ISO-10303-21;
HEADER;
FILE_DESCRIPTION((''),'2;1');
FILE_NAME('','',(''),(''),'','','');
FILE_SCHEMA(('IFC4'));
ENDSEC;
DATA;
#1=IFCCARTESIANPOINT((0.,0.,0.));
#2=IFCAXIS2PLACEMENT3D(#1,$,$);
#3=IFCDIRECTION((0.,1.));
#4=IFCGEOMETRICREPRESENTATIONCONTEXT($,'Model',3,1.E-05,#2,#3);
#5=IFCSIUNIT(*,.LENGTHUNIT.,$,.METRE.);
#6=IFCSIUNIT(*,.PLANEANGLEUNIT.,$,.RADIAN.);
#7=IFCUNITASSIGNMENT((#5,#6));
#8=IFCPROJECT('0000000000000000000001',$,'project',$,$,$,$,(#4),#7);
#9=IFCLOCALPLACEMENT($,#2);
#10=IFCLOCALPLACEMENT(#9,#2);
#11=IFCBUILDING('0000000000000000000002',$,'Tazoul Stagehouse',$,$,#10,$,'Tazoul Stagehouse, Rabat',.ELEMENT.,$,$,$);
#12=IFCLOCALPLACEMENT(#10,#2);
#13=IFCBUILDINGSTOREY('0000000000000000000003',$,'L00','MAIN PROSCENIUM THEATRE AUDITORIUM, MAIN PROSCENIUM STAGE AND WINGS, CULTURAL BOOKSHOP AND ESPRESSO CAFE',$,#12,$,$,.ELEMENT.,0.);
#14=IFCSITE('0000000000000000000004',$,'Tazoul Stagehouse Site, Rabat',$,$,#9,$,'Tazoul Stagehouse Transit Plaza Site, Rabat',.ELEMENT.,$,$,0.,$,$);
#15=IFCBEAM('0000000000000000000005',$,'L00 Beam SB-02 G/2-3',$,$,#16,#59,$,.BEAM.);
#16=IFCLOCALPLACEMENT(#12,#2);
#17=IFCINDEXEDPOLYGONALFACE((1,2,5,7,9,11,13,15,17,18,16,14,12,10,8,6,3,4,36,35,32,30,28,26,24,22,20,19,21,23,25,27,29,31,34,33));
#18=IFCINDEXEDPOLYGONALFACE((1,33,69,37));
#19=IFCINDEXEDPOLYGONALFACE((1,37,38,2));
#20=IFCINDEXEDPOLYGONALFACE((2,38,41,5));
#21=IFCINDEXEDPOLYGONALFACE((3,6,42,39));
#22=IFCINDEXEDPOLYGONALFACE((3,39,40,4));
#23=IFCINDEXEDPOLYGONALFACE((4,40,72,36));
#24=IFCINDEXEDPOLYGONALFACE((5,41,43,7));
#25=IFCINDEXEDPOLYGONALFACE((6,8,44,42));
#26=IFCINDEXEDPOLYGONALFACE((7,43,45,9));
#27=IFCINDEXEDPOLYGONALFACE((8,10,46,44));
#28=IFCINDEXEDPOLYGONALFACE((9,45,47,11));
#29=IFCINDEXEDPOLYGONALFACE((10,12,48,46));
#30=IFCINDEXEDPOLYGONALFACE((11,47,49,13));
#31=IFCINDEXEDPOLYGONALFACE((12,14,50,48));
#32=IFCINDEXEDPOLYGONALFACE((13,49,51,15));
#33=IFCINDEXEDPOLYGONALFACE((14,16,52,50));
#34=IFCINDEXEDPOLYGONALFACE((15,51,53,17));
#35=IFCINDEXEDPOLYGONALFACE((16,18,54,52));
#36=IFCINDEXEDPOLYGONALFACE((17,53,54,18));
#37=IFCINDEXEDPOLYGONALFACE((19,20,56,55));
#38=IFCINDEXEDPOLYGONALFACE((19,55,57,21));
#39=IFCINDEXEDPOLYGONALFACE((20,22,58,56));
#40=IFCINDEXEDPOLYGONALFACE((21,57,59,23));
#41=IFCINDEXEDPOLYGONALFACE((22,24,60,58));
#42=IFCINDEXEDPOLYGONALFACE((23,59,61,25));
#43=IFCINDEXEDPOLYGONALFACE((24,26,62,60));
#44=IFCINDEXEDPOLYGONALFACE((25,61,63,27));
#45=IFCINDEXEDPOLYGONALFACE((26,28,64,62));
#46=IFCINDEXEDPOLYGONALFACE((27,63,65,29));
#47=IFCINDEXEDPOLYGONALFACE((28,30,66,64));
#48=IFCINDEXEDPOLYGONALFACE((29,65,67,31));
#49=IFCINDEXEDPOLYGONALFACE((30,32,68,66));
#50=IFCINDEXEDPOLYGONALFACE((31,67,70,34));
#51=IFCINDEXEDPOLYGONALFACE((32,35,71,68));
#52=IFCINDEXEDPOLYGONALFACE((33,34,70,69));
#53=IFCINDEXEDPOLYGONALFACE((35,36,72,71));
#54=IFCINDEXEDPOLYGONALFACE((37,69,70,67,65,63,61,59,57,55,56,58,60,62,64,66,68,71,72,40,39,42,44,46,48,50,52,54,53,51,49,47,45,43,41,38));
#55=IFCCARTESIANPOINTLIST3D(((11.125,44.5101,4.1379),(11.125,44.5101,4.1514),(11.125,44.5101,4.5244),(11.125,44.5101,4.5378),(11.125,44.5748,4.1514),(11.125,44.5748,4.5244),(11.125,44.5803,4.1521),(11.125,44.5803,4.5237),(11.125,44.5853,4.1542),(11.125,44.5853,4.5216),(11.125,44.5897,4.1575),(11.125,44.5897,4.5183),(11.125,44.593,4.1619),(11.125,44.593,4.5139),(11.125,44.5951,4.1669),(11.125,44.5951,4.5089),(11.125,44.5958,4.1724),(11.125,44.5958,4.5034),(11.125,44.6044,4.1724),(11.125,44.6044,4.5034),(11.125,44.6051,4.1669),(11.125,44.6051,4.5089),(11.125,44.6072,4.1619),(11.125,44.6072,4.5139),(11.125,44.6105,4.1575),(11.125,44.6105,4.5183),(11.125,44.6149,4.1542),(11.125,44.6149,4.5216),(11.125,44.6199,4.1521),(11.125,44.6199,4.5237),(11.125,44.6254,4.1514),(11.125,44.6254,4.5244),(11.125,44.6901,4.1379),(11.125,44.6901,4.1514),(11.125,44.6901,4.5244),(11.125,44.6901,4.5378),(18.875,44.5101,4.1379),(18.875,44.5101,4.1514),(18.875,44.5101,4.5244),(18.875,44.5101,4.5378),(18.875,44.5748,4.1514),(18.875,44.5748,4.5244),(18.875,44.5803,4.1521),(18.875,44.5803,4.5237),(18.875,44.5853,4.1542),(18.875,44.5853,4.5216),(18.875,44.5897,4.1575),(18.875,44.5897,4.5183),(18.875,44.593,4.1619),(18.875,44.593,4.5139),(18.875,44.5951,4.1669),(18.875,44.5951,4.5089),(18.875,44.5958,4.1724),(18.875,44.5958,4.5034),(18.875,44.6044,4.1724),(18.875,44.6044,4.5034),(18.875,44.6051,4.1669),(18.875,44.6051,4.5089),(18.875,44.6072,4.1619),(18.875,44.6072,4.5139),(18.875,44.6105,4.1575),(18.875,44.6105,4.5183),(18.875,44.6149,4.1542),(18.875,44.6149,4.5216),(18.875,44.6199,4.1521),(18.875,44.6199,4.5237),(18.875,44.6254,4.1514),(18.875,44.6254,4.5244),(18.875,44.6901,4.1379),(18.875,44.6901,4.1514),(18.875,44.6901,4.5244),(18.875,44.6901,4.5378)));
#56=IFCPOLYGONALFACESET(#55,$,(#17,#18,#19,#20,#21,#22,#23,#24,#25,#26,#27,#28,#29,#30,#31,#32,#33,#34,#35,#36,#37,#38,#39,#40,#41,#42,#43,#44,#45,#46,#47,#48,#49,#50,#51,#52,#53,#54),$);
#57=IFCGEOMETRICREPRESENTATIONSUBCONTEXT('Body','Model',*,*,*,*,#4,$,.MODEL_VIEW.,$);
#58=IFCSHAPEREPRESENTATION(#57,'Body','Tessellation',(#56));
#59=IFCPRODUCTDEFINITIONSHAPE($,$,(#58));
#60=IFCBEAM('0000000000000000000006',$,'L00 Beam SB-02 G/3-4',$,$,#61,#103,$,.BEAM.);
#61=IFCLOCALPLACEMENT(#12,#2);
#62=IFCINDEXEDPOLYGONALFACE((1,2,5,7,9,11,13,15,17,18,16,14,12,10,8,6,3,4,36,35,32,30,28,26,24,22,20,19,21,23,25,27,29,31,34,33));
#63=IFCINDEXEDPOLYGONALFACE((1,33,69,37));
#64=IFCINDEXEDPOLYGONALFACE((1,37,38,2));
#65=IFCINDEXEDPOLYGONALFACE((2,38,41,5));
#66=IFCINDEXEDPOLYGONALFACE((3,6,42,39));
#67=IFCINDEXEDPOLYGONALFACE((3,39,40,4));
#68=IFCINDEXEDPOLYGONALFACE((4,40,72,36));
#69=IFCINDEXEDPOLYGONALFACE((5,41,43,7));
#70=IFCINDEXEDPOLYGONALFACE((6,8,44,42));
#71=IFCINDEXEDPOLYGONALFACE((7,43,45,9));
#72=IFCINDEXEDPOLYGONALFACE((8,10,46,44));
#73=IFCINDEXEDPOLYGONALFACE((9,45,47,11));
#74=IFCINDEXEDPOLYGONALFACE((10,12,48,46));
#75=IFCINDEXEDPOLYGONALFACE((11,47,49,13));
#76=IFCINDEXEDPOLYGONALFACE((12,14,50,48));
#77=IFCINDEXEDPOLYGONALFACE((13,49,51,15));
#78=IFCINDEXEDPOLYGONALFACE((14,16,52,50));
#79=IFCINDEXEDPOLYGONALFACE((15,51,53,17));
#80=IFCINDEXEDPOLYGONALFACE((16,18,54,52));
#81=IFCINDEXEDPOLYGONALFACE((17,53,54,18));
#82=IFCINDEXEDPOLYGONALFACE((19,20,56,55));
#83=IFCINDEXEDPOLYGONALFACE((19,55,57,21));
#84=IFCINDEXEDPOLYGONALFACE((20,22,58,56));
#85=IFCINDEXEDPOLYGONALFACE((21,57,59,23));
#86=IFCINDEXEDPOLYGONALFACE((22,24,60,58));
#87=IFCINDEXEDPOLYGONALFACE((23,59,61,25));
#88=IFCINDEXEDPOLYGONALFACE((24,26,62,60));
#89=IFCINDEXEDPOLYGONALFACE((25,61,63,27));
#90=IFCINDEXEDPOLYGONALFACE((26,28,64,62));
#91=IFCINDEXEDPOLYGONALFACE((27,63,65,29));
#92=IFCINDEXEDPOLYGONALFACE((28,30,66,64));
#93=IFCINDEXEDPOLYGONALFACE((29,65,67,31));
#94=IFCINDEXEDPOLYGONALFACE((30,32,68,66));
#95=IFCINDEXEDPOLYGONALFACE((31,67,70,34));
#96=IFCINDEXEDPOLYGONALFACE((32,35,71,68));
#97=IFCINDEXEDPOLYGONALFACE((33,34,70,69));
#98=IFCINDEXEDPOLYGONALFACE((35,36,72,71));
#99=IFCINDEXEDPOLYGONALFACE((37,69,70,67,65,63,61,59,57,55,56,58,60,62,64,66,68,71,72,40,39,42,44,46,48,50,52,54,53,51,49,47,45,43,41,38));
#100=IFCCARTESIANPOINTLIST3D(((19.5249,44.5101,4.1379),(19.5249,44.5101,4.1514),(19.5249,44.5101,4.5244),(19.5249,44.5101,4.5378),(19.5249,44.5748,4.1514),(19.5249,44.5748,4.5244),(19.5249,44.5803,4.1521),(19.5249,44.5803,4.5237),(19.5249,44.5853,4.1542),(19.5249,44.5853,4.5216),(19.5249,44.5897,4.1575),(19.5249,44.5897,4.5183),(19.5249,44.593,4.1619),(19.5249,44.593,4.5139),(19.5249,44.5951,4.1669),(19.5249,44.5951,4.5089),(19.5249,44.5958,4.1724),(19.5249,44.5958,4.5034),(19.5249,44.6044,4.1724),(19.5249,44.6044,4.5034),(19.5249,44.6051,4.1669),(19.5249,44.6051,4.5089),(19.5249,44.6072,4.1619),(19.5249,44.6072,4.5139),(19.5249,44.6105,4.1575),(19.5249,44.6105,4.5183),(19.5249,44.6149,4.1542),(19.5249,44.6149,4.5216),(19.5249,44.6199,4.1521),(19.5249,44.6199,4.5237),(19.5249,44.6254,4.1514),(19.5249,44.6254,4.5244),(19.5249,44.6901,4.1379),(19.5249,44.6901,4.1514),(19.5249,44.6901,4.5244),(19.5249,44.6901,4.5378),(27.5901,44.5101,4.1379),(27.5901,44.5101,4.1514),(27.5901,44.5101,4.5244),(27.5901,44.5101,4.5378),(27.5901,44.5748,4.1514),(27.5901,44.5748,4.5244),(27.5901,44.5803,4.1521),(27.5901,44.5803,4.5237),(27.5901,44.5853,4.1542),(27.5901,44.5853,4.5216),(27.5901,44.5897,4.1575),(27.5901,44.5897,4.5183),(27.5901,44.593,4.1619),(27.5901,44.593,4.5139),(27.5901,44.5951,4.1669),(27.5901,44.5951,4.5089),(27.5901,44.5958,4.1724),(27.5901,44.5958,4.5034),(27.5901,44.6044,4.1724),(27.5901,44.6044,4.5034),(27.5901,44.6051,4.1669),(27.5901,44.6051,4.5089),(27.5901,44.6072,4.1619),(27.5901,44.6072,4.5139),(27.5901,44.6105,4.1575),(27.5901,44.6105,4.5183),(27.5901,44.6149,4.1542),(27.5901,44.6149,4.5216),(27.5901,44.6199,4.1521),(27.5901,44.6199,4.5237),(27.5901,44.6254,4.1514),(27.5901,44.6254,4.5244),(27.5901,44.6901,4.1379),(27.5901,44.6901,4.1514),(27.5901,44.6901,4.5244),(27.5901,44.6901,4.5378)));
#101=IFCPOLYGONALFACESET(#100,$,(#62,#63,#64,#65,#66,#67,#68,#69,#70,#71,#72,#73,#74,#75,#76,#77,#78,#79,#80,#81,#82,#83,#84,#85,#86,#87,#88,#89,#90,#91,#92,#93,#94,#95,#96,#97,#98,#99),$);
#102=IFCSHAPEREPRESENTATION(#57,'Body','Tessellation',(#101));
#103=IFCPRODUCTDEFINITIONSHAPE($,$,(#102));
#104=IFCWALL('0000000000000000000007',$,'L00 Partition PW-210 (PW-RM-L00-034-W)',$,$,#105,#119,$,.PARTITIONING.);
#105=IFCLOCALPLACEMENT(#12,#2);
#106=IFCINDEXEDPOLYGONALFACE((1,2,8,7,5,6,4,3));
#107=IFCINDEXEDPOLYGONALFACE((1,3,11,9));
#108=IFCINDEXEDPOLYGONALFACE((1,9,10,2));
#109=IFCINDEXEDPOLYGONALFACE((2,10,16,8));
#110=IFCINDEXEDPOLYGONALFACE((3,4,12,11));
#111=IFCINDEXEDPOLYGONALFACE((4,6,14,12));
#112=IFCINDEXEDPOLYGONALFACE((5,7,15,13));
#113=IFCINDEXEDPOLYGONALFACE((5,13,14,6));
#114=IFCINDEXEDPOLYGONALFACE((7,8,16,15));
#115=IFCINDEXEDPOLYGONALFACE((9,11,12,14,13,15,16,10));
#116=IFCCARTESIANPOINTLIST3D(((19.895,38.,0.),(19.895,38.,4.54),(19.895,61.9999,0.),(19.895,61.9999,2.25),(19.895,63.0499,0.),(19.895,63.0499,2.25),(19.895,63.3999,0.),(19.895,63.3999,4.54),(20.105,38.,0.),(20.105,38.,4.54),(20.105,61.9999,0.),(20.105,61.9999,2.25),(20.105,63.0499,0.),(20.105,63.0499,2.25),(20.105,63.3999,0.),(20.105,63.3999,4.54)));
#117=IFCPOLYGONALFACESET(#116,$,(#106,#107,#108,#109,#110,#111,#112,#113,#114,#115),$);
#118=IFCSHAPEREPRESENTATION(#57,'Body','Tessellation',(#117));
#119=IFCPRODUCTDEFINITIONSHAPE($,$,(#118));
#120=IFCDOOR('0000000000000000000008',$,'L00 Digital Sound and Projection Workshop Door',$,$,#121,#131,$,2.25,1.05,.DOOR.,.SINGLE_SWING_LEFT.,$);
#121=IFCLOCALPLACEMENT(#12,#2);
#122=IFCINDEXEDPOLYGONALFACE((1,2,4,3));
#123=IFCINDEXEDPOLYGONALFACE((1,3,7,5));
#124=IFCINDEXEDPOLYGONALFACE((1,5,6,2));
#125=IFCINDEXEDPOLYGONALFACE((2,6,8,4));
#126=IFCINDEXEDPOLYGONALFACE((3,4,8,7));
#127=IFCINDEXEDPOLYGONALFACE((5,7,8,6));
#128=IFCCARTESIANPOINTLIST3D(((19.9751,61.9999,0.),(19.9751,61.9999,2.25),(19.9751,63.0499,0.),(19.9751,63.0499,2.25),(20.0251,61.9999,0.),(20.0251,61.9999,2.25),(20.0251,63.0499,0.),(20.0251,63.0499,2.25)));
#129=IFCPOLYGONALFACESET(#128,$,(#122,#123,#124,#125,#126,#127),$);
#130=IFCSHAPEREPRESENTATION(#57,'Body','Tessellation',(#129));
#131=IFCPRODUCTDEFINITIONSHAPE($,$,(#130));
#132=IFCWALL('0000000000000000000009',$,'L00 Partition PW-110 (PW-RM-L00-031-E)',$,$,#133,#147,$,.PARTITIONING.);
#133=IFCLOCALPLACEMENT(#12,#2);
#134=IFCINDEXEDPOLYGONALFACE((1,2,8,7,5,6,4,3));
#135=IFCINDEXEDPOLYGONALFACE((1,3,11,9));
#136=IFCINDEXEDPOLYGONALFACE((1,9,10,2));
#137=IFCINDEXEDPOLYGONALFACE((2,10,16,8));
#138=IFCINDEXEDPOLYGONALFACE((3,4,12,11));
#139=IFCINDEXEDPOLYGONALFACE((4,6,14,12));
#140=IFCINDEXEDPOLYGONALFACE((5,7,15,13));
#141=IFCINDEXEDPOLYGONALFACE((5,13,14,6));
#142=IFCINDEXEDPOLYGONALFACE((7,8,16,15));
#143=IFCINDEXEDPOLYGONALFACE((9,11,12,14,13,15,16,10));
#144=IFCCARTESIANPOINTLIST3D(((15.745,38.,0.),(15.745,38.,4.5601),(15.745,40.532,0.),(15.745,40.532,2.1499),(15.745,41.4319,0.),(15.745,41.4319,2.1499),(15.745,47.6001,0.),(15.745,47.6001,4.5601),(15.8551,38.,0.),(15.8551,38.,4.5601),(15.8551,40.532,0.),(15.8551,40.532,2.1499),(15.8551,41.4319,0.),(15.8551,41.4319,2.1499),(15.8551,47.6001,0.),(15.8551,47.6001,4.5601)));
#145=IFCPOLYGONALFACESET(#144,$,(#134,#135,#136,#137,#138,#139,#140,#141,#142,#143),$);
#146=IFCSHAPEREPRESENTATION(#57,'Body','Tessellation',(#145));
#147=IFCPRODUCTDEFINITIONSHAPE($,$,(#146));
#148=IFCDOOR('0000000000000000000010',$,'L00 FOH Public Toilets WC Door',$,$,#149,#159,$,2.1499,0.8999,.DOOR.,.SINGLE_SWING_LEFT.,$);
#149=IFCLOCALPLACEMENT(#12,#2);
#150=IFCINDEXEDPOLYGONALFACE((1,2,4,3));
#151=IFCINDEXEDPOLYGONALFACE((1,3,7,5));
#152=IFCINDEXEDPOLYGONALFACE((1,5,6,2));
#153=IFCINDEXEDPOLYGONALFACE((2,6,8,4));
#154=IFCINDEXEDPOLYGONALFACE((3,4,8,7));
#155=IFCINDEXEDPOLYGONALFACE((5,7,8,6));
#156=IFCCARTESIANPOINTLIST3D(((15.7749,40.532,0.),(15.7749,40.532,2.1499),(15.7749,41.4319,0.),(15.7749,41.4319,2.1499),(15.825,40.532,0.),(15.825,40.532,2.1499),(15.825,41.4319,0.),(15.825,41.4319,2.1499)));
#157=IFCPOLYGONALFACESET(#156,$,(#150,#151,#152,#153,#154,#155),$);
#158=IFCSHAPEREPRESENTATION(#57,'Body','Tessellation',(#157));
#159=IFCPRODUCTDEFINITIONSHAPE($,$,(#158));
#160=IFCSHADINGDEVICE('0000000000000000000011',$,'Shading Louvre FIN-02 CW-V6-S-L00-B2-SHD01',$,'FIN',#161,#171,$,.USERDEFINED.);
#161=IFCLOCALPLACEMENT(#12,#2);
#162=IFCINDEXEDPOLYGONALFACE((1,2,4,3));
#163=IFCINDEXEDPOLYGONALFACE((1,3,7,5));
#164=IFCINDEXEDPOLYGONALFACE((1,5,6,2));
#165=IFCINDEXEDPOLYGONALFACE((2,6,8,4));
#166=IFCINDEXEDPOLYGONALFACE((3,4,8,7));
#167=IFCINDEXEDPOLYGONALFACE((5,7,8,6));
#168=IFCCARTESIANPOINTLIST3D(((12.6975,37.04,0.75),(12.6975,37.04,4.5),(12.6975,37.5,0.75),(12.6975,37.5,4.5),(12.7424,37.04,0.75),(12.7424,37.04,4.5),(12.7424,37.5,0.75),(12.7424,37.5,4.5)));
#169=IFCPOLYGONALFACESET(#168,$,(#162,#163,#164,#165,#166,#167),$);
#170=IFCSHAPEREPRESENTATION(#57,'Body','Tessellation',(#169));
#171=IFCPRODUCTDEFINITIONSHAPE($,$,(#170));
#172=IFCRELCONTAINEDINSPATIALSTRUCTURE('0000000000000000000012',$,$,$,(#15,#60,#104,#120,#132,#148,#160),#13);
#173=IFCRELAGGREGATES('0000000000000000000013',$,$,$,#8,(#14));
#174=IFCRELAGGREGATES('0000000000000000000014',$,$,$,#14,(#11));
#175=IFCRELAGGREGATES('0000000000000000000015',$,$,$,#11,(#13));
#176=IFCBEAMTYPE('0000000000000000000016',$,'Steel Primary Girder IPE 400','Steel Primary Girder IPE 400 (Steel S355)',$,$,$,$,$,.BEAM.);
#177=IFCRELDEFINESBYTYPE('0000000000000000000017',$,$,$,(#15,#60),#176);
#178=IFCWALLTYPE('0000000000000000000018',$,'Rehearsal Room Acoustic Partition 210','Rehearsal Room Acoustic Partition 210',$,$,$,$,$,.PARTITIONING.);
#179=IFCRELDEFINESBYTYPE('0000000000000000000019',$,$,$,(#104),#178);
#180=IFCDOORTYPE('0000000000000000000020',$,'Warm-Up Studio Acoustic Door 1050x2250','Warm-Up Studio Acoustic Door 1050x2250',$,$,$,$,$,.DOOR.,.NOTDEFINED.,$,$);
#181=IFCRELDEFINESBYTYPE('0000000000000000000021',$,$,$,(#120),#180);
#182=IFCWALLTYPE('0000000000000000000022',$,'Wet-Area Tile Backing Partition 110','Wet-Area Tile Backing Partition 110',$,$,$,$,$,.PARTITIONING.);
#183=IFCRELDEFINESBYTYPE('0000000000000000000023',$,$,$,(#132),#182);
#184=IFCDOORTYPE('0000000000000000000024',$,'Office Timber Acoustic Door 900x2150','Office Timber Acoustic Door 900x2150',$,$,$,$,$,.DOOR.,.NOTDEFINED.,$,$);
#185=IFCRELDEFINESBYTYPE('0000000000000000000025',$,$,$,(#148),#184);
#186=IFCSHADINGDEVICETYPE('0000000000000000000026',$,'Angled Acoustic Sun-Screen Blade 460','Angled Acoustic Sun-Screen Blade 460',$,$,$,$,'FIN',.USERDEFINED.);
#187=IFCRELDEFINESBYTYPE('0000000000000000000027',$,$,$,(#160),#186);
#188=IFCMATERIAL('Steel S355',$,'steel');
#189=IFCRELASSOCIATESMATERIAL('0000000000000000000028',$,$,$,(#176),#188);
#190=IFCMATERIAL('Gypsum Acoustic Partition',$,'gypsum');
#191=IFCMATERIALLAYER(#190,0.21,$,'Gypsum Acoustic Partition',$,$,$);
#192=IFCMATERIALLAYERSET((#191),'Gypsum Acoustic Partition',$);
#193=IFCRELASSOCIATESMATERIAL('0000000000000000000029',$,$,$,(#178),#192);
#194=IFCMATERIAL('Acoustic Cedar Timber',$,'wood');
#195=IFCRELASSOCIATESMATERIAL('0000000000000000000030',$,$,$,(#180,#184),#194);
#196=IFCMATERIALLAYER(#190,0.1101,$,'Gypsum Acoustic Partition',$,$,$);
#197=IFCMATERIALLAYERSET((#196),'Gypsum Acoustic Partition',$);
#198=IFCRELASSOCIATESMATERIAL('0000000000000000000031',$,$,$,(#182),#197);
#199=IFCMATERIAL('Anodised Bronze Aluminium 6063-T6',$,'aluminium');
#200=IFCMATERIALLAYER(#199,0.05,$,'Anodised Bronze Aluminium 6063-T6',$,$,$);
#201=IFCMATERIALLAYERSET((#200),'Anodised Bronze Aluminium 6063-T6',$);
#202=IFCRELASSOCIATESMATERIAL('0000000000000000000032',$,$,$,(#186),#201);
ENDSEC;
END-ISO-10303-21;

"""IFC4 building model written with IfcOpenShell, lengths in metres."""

from ifc_helpers import new_model, si_unit, direction, frame, frame_2d, origin, origin_2d, place, context, subcontext, project, spatial, rectangle, i_section, extrude, material, layer, layer_set, material_profile, profile_set, type_object, element, fill, save


model = new_model("IFC4")

# Units and contexts
model_context = context("Model", 3, precision=1e-05, world=origin(), true_north=direction((0.0, 1.0)))
body_context = subcontext(model_context, "Body", "Model", "MODEL_VIEW")
ifc_project = project(units=[si_unit("LENGTHUNIT", "METRE"), si_unit("PLANEANGLEUNIT", "RADIAN")], contexts=[model_context])

# Site, building, storey
site_placement = place(None, origin())
site = spatial("IfcSite", under=ifc_project, at=site_placement, Name="Tazoul Stagehouse Site, Rabat", LongName="Tazoul Stagehouse Transit Plaza Site, Rabat", CompositionType="ELEMENT", RefElevation=0.0)
building_placement = place(site_placement, origin())
building = spatial("IfcBuilding", under=site, at=building_placement, Name="Tazoul Stagehouse", LongName="Tazoul Stagehouse, Rabat", CompositionType="ELEMENT")
storey_placement = place(building_placement, origin())
storey = spatial("IfcBuildingStorey", under=building, at=storey_placement, Name="L00", Description="MAIN PROSCENIUM THEATRE AUDITORIUM, MAIN PROSCENIUM STAGE AND WINGS, CULTURAL BOOKSHOP AND ESPRESSO CAFE", CompositionType="ELEMENT", Elevation=0.0)

# Beams
ifc_material_1 = material(Name="Steel S355", Category="steel")
ifc_material_profile_1 = material_profile(ifc_material_1, i_section(OverallWidth=0.1799, OverallDepth=0.3999, WebThickness=0.0085, FlangeThickness=0.0134, FilletRadius=0.021, at=origin_2d()), Name="IPE 400")
ifc_profile_set_1 = profile_set([ifc_material_profile_1], Name="Steel S355")
beam_type_1 = type_object("IfcBeamType", Name="Steel Primary Girder IPE 400", Description="Steel Primary Girder IPE 400 (Steel S355)", PredefinedType="BEAM", material=ifc_profile_set_1)
beam_1_placement = place(storey_placement, frame((11.125, 44.6001, 4.3379), z_axis=(1.0, 0.0, 0.0), x_axis=(0.0, 1.0, 0.0)))
element("IfcBeam", 1, at=beam_1_placement, inside=storey, type_object=beam_type_1, Name="L00 Beam SB-02 G/2-3", PredefinedType="BEAM", context=body_context, shape_type="SweptSolid", body=[
    extrude(i_section(OverallWidth=0.1799, OverallDepth=0.3999, WebThickness=0.0085, FlangeThickness=0.0134, FilletRadius=0.021, at=origin_2d()), origin(), (0.0, 0.0, 1.0), 7.75),
])
beam_2_placement = place(storey_placement, frame((19.5249, 44.6001, 4.3379), z_axis=(1.0, 0.0, 0.0), x_axis=(0.0, 1.0, 0.0)))
element("IfcBeam", 2, at=beam_2_placement, inside=storey, type_object=beam_type_1, Name="L00 Beam SB-02 G/3-4", PredefinedType="BEAM", context=body_context, shape_type="SweptSolid", body=[
    extrude(i_section(OverallWidth=0.1799, OverallDepth=0.3999, WebThickness=0.0085, FlangeThickness=0.0134, FilletRadius=0.021, at=origin_2d()), origin(), (0.0, 0.0, 1.0), 8.0652),
])

# Walls, openings, doors
ifc_material_2 = material(Name="Gypsum Acoustic Partition", Category="gypsum")
ifc_layer_1 = layer(ifc_material_2, 0.21, Name="Gypsum Acoustic Partition")
ifc_layer_set_1 = layer_set([ifc_layer_1], Name="Gypsum Acoustic Partition")
wall_type_1 = type_object("IfcWallType", Name="Rehearsal Room Acoustic Partition 210", Description="Rehearsal Room Acoustic Partition 210", PredefinedType="PARTITIONING", material=ifc_layer_set_1)
wall_1_placement = place(storey_placement, frame((20.0, 38.0, 0.0), z_axis=(0.0, 0.0, 1.0), x_axis=(0.0, 1.0, 0.0)))
wall_1 = element("IfcWall", 3, at=wall_1_placement, inside=storey, type_object=wall_type_1, Name="L00 Partition PW-210 (PW-RM-L00-034-W)", PredefinedType="PARTITIONING", context=body_context, shape_type="SweptSolid", body=[
    extrude(rectangle(XDim=25.3999, YDim=0.21, at=frame_2d((12.7, 0.0))), origin(), (0.0, 0.0, 1.0), 4.54),
])
opening_1_placement = place(wall_1_placement, frame((24.0, 0.0, 0.0)))
opening_1 = element("IfcOpeningElement", 4, at=opening_1_placement, cuts=wall_1, PredefinedType="OPENING", context=body_context, shape_type="SweptSolid", body=[
    extrude(rectangle(XDim=1.05, YDim=2.25, at=frame_2d((0.5249, 1.125))), frame((0.0, 0.125, 0.0), z_axis=(0.0, -1.0, 0.0), x_axis=(1.0, 0.0, 0.0)), (0.0, 0.0, 1.0), 0.25),
])
ifc_material_3 = material(Name="Acoustic Cedar Timber", Category="wood")
door_type_1 = type_object("IfcDoorType", Name="Warm-Up Studio Acoustic Door 1050x2250", Description="Warm-Up Studio Acoustic Door 1050x2250", OperationType="NOTDEFINED", PredefinedType="DOOR", material=ifc_material_3)
door_1_placement = place(opening_1_placement, origin())
door_1 = element("IfcDoor", 5, at=door_1_placement, inside=storey, type_object=door_type_1, Name="L00 Digital Sound and Projection Workshop Door", OperationType="SINGLE_SWING_LEFT", OverallHeight=2.25, OverallWidth=1.05, PredefinedType="DOOR", context=body_context, shape_type="SweptSolid", body=[
    extrude(rectangle(XDim=1.05, YDim=2.25, at=frame_2d((0.5249, 1.125))), frame((0.0, 0.0249, 0.0), z_axis=(0.0, -1.0, 0.0), x_axis=(1.0, 0.0, 0.0)), (0.0, 0.0, 1.0), 0.05),
])
fill(opening_1, door_1)
ifc_layer_2 = layer(ifc_material_2, 0.1101, Name="Gypsum Acoustic Partition")
ifc_layer_set_2 = layer_set([ifc_layer_2], Name="Gypsum Acoustic Partition")
wall_type_2 = type_object("IfcWallType", Name="Wet-Area Tile Backing Partition 110", Description="Wet-Area Tile Backing Partition 110", PredefinedType="PARTITIONING", material=ifc_layer_set_2)
wall_2_placement = place(storey_placement, frame((15.8, 47.6001, 0.0), z_axis=(0.0, 0.0, 1.0), x_axis=(0.0, -1.0, 0.0)))
wall_2 = element("IfcWall", 6, at=wall_2_placement, inside=storey, type_object=wall_type_2, Name="L00 Partition PW-110 (PW-RM-L00-031-E)", PredefinedType="PARTITIONING", context=body_context, shape_type="SweptSolid", body=[
    extrude(rectangle(XDim=9.6001, YDim=0.1101, at=frame_2d((4.8, 0.0))), origin(), (0.0, 0.0, 1.0), 4.5601),
])
opening_2_placement = place(wall_2_placement, frame((6.1682, 0.0, 0.0)))
opening_2 = element("IfcOpeningElement", 7, at=opening_2_placement, cuts=wall_2, PredefinedType="OPENING", context=body_context, shape_type="SweptSolid", body=[
    extrude(rectangle(XDim=0.8999, YDim=2.1499, at=frame_2d((0.45, 1.075))), frame((0.0, 0.075, 0.0), z_axis=(0.0, -1.0, 0.0), x_axis=(1.0, 0.0, 0.0)), (0.0, 0.0, 1.0), 0.1501),
])
door_type_2 = type_object("IfcDoorType", Name="Office Timber Acoustic Door 900x2150", Description="Office Timber Acoustic Door 900x2150", OperationType="NOTDEFINED", PredefinedType="DOOR", material=ifc_material_3)
door_2_placement = place(opening_2_placement, origin())
door_2 = element("IfcDoor", 8, at=door_2_placement, inside=storey, type_object=door_type_2, Name="L00 FOH Public Toilets WC Door", OperationType="SINGLE_SWING_LEFT", OverallHeight=2.1499, OverallWidth=0.8999, PredefinedType="DOOR", context=body_context, shape_type="SweptSolid", body=[
    extrude(rectangle(XDim=0.8999, YDim=2.1499, at=frame_2d((0.45, 1.075))), frame((0.0, 0.0249, 0.0), z_axis=(0.0, -1.0, 0.0), x_axis=(1.0, 0.0, 0.0)), (0.0, 0.0, 1.0), 0.05),
])
fill(opening_2, door_2)

# Shading device
ifc_material_4 = material(Name="Anodised Bronze Aluminium 6063-T6", Category="aluminium")
ifc_layer_3 = layer(ifc_material_4, 0.05, Name="Anodised Bronze Aluminium 6063-T6")
ifc_layer_set_3 = layer_set([ifc_layer_3], Name="Anodised Bronze Aluminium 6063-T6")
shading_device_type_1 = type_object("IfcShadingDeviceType", Name="Angled Acoustic Sun-Screen Blade 460", Description="Angled Acoustic Sun-Screen Blade 460", ElementType="FIN", PredefinedType="USERDEFINED", material=ifc_layer_set_3)
for number, where, z_axis, x_axis, name in (
    (9, (12.72, 37.27, 0.75), (0.0, 0.0, 1.0), (1.0, 0.0, 0.0), "Shading Louvre FIN-02 CW-V6-S-L00-B2-SHD01"),
):
    element("IfcShadingDevice", number, at=place(storey_placement, frame(where, z_axis=z_axis, x_axis=x_axis)), inside=storey, type_object=shading_device_type_1, Name=name, ObjectType="FIN", PredefinedType="USERDEFINED", context=body_context, shape_type="SweptSolid", body=[
        extrude(rectangle(XDim=0.0449, YDim=0.46, at=origin_2d()), origin(), (0.0, 0.0, 1.0), 3.75),
    ])

save(model, "model.ifc")
